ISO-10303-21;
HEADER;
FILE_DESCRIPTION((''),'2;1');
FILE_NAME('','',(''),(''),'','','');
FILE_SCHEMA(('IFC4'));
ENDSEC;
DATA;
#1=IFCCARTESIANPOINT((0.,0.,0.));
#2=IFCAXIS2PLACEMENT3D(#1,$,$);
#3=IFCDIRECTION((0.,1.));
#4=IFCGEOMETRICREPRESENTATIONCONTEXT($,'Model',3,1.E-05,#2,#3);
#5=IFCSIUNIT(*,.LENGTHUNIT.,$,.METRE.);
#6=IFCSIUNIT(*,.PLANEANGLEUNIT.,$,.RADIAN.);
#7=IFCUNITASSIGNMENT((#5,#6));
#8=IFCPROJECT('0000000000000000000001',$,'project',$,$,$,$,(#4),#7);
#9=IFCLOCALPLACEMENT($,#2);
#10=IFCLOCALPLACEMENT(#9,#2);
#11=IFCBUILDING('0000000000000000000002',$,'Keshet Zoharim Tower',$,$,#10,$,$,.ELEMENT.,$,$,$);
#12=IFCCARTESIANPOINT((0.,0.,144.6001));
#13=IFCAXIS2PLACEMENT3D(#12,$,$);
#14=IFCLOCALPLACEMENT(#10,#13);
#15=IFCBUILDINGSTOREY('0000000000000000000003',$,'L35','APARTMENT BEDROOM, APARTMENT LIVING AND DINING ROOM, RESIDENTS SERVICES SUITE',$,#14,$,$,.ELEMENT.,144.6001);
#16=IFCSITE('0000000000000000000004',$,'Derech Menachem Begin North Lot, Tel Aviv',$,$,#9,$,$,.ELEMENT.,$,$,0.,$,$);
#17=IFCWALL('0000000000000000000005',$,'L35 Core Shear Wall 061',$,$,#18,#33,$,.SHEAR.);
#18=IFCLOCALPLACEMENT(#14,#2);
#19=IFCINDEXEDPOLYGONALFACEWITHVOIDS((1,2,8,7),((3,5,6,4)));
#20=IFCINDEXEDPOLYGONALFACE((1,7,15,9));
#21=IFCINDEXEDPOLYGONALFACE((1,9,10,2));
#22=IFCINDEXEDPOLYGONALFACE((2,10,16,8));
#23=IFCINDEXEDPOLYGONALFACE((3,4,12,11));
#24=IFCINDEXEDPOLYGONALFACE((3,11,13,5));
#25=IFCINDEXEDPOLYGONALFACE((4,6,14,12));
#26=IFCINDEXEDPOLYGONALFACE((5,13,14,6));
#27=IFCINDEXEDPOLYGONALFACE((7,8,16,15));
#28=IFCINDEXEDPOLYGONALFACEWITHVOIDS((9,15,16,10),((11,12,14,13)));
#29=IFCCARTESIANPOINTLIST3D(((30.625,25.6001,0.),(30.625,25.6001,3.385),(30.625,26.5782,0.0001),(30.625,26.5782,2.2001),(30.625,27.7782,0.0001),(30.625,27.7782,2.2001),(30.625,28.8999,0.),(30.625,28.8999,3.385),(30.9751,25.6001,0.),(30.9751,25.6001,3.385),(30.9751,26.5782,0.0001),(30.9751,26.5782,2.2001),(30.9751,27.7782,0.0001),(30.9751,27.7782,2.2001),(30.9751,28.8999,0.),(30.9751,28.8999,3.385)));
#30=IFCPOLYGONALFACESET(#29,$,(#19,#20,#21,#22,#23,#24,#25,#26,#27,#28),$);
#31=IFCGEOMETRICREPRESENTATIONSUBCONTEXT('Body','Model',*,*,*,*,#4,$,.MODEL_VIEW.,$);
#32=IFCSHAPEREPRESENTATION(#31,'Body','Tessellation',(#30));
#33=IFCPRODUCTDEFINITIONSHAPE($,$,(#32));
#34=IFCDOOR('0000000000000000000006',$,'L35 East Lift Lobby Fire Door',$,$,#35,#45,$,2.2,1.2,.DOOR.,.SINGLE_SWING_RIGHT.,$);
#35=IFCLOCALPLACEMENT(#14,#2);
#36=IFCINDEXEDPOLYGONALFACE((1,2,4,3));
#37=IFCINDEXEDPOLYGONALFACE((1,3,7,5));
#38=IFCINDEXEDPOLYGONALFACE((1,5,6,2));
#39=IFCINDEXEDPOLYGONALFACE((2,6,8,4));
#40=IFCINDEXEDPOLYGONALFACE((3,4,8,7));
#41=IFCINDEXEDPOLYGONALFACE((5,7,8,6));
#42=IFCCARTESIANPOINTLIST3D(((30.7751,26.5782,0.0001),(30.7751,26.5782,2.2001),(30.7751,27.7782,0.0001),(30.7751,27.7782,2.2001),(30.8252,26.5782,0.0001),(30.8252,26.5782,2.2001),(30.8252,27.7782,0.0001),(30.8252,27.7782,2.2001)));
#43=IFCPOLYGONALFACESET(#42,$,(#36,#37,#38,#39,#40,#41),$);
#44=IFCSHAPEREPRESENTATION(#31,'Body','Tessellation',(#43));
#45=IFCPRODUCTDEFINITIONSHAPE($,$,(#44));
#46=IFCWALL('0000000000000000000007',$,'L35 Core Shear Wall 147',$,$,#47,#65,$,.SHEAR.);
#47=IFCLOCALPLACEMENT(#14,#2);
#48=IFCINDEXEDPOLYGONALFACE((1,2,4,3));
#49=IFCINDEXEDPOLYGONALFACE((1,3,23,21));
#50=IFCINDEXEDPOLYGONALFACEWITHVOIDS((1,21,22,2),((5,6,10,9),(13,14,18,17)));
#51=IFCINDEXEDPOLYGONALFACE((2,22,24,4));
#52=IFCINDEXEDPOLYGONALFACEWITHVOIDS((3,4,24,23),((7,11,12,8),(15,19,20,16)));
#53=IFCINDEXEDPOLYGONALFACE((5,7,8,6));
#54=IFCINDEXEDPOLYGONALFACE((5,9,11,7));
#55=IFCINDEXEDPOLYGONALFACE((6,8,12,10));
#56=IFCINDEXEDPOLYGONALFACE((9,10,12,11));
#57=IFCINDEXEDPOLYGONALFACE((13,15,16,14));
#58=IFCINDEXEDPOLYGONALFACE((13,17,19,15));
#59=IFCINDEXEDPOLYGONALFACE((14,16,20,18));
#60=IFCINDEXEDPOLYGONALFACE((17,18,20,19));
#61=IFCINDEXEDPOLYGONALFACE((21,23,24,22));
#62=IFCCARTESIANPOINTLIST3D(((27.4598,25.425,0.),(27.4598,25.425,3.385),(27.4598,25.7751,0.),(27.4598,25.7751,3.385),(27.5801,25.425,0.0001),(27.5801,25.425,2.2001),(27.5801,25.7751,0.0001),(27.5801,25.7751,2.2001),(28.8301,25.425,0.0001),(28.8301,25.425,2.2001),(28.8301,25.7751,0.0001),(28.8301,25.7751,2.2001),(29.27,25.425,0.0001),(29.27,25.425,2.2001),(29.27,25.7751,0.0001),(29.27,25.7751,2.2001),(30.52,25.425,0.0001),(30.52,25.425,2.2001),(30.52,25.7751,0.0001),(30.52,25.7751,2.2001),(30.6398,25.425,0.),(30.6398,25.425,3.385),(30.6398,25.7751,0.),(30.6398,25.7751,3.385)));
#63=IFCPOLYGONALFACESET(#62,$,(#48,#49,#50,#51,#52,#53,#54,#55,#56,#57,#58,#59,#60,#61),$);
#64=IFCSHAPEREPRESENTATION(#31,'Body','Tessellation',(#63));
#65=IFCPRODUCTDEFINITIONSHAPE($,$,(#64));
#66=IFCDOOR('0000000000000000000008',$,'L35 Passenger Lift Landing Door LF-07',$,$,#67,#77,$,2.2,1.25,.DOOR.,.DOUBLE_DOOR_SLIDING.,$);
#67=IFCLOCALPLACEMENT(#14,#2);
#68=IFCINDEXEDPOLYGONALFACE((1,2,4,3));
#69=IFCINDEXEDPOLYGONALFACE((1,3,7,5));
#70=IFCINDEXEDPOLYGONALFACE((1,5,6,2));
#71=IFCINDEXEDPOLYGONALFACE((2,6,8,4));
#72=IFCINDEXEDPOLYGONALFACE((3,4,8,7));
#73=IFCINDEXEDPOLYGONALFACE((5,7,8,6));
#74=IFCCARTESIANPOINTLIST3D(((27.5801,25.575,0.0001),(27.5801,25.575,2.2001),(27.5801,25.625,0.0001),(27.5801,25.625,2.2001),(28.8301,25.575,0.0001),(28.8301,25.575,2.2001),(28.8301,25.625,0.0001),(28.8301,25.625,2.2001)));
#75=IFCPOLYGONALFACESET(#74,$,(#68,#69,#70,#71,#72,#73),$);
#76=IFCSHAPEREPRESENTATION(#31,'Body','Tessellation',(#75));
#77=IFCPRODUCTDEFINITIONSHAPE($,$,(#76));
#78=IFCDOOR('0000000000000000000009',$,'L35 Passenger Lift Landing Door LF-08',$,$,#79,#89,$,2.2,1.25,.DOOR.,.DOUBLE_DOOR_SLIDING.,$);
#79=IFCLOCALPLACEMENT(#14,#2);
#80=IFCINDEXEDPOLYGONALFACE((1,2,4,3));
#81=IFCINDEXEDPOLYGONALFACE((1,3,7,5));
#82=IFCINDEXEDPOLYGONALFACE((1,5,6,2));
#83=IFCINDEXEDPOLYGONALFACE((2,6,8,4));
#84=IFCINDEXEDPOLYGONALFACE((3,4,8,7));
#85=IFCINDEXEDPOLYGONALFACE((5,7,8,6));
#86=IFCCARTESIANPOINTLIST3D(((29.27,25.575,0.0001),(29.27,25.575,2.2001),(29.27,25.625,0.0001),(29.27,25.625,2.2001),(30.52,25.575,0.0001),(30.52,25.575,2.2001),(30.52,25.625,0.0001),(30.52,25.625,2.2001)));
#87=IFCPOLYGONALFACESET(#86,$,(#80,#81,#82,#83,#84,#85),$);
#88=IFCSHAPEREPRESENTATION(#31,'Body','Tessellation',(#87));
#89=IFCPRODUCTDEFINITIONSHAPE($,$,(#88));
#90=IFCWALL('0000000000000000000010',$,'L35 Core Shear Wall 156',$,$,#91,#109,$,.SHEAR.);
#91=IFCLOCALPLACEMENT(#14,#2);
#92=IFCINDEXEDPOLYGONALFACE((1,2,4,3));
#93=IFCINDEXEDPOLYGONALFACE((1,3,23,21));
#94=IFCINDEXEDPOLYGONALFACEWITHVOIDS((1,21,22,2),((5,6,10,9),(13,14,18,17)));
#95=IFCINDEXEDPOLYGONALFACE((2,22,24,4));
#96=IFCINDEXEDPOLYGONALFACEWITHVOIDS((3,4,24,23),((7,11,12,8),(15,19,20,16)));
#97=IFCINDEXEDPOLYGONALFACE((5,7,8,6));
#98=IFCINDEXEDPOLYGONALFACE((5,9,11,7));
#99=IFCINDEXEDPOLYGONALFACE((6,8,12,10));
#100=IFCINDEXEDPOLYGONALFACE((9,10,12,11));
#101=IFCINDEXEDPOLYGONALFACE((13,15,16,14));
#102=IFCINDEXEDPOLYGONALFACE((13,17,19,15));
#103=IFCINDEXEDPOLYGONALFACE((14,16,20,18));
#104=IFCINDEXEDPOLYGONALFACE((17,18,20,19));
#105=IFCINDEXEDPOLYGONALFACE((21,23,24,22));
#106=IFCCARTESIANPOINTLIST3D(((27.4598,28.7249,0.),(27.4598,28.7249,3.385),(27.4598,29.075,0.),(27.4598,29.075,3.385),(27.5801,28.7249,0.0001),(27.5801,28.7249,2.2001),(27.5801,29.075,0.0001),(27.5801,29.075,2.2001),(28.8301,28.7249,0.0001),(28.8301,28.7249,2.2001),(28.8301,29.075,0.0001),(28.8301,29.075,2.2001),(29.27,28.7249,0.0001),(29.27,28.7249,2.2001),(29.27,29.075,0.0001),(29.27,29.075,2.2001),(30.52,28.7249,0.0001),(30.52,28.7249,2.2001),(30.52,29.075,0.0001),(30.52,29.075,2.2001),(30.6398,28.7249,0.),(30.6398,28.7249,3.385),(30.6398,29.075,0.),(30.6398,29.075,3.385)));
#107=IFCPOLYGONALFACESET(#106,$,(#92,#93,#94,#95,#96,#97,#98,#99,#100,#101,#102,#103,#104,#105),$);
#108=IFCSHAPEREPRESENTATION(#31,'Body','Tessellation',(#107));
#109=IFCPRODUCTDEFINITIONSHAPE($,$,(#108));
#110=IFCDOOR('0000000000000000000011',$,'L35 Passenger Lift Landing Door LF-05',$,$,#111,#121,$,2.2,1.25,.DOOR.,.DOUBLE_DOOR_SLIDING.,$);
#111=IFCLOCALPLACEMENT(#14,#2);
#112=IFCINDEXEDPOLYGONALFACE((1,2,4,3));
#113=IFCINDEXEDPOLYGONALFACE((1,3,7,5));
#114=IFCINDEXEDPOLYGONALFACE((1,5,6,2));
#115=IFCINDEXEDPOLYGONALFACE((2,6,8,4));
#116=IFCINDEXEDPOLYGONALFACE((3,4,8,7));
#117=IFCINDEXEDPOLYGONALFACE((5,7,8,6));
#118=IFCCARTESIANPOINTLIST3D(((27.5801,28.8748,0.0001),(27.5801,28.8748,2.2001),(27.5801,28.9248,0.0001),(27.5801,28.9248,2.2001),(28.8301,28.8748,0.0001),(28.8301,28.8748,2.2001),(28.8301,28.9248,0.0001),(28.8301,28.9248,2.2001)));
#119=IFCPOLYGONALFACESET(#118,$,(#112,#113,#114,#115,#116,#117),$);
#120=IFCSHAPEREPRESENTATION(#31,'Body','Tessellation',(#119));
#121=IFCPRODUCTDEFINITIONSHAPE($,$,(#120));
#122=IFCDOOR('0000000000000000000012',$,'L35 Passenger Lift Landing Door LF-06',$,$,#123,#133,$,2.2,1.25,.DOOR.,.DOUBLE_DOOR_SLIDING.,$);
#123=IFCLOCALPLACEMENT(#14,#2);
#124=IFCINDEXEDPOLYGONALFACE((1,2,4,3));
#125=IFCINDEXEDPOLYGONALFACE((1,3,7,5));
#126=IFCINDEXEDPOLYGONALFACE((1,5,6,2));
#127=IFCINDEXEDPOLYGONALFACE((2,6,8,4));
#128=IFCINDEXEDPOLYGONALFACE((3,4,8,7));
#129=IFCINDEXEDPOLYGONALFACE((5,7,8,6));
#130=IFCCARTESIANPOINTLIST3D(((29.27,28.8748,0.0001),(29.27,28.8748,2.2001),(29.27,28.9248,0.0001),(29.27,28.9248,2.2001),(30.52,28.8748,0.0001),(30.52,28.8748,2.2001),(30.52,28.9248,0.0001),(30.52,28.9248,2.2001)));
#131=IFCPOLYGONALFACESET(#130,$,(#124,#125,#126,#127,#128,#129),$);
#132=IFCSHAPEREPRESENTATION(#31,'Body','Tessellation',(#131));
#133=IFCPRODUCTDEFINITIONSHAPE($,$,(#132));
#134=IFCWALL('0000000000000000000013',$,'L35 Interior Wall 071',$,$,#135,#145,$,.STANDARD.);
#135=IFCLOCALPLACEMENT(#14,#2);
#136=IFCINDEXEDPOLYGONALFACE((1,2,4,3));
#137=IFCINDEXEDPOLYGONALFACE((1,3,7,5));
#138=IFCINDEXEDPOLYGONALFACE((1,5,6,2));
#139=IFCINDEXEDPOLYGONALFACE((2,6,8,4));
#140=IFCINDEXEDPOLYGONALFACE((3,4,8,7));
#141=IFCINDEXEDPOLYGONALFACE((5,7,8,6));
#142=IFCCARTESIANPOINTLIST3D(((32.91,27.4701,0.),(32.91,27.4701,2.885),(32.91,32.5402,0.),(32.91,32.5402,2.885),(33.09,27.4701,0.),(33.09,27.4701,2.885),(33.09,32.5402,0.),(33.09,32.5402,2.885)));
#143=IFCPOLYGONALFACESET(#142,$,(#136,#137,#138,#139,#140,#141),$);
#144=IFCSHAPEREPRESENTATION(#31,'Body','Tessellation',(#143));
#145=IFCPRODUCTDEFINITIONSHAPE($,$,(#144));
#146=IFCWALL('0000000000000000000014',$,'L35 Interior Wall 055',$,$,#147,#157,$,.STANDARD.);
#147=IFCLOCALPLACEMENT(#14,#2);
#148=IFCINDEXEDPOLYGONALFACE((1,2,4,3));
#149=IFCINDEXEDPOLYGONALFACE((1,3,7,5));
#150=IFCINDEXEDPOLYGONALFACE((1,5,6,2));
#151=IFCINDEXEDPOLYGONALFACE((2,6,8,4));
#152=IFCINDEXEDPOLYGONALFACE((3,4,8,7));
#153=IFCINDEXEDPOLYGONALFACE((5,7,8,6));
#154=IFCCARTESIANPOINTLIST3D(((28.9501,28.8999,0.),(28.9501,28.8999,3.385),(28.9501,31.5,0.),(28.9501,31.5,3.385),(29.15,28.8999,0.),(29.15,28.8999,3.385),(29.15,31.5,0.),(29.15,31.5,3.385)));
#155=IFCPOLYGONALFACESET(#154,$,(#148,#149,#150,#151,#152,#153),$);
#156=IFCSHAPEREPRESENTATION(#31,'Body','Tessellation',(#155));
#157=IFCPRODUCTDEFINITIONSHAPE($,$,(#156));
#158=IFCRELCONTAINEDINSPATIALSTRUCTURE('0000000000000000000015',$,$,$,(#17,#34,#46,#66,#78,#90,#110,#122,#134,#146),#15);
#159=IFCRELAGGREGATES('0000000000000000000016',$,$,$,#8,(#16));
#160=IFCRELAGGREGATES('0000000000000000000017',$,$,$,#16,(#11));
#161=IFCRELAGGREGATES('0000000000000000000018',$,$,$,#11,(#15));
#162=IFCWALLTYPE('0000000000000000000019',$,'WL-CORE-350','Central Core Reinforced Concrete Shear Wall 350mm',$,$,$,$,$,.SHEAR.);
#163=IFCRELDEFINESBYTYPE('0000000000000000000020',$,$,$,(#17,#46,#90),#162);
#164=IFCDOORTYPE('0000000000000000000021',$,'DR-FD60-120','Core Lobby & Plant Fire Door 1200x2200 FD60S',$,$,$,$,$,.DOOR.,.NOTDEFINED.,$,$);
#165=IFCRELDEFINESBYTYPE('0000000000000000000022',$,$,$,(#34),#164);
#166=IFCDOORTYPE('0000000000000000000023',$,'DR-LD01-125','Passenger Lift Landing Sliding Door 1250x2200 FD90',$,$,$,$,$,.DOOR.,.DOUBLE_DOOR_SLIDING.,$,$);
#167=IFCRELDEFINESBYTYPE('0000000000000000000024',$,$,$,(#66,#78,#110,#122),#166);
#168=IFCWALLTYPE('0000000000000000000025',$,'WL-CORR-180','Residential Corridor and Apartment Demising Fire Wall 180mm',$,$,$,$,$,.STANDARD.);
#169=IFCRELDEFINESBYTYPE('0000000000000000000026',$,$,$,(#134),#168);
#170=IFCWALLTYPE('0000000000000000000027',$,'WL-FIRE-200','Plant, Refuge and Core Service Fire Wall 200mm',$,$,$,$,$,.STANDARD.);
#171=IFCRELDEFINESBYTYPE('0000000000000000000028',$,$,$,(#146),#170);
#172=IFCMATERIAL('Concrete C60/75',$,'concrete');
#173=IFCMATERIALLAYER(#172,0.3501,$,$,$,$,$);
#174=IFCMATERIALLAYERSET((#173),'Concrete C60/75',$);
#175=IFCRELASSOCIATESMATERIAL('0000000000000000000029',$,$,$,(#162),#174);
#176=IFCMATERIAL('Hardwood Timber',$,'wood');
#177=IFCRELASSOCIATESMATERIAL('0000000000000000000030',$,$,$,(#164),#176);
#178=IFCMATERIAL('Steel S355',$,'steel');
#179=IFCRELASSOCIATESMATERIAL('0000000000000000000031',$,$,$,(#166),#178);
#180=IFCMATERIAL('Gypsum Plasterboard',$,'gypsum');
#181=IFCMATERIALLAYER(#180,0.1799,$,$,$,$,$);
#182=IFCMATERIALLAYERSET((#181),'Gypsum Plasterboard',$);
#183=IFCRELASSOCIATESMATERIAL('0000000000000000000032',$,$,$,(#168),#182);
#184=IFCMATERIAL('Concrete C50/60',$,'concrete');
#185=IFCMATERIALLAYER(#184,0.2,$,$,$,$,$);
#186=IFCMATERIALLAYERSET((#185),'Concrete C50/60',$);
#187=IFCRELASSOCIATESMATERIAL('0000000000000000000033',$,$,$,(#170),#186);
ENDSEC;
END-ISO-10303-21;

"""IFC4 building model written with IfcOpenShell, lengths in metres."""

from ifc_helpers import new_model, si_unit, direction, frame, frame_2d, origin, place, context, subcontext, project, spatial, rectangle, extrude, material, layer, layer_set, type_object, element, fill, save


model = new_model("IFC4")

# Units and contexts
model_context = context("Model", 3, precision=1e-05, world=origin(), true_north=direction((0.0, 1.0)))
body_context = subcontext(model_context, "Body", "Model", "MODEL_VIEW")
ifc_project = project(units=[si_unit("LENGTHUNIT", "METRE"), si_unit("PLANEANGLEUNIT", "RADIAN")], contexts=[model_context])

# Site, building, storey
site_placement = place(None, origin())
site = spatial("IfcSite", under=ifc_project, at=site_placement, Name="Derech Menachem Begin North Lot, Tel Aviv", CompositionType="ELEMENT", RefElevation=0.0)
building_placement = place(site_placement, origin())
building = spatial("IfcBuilding", under=site, at=building_placement, Name="Keshet Zoharim Tower", CompositionType="ELEMENT")
storey_placement = place(building_placement, frame((0.0, 0.0, 144.6001)))
storey = spatial("IfcBuildingStorey", under=building, at=storey_placement, Name="L35", Description="APARTMENT BEDROOM, APARTMENT LIVING AND DINING ROOM, RESIDENTS SERVICES SUITE", CompositionType="ELEMENT", Elevation=144.6001)

# Shared definitions
ifc_material_1 = material(Name="Concrete C60/75", Category="concrete")

# Shared definitions
ifc_material_2 = material(Name="Steel S355", Category="steel")

# Wall, opening, door
ifc_layer_1 = layer(ifc_material_1, 0.3501)
ifc_layer_set_1 = layer_set([ifc_layer_1], Name="Concrete C60/75")
wall_type_1 = type_object("IfcWallType", Name="WL-CORE-350", Description="Central Core Reinforced Concrete Shear Wall 350mm", PredefinedType="SHEAR", material=ifc_layer_set_1)
wall_1_placement = place(storey_placement, frame((30.8, 25.6001, 0.0), z_axis=(0.0, 0.0, 1.0), x_axis=(0.0, 1.0, 0.0)))
wall_1 = element("IfcWall", 1, at=wall_1_placement, inside=storey, type_object=wall_type_1, Name="L35 Core Shear Wall 061", PredefinedType="SHEAR", context=body_context, shape_type="SweptSolid", body=[
    extrude(rectangle(XDim=3.2998, YDim=0.3501, at=frame_2d((1.6499, 0.0))), origin(), (0.0, 0.0, 1.0), 3.385),
])
opening_1_placement = place(wall_1_placement, frame((0.978, 0.0, 0.0)))
opening_1 = element("IfcOpeningElement", 2, at=opening_1_placement, cuts=wall_1, PredefinedType="OPENING", context=body_context, shape_type="SweptSolid", body=[
    extrude(rectangle(XDim=1.2, YDim=2.2, at=frame_2d((0.6001, 1.1001))), frame((0.0, 0.1851, 0.0), z_axis=(0.0, -1.0, 0.0), x_axis=(1.0, 0.0, 0.0)), (0.0, 0.0, 1.0), 0.3701),
])
ifc_material_3 = material(Name="Hardwood Timber", Category="wood")
door_type_1 = type_object("IfcDoorType", Name="DR-FD60-120", Description="Core Lobby & Plant Fire Door 1200x2200 FD60S", OperationType="NOTDEFINED", PredefinedType="DOOR", material=ifc_material_3)
door_1_placement = place(opening_1_placement, origin())
door_1 = element("IfcDoor", 3, at=door_1_placement, inside=storey, type_object=door_type_1, Name="L35 East Lift Lobby Fire Door", OperationType="SINGLE_SWING_RIGHT", OverallHeight=2.2, OverallWidth=1.2, PredefinedType="DOOR", context=body_context, shape_type="SweptSolid", body=[
    extrude(rectangle(XDim=1.2, YDim=2.2, at=frame_2d((0.6001, 1.1001))), frame((0.0, 0.0249, 0.0), z_axis=(0.0, -1.0, 0.0), x_axis=(1.0, 0.0, 0.0)), (0.0, 0.0, 1.0), 0.05),
])
fill(opening_1, door_1)

# Walls, openings, doors
wall_2_placement = place(storey_placement, frame((27.46, 25.6001, 0.0), z_axis=(0.0, 0.0, 1.0), x_axis=(1.0, 0.0, 0.0)))
wall_2 = element("IfcWall", 4, at=wall_2_placement, inside=storey, type_object=wall_type_1, Name="L35 Core Shear Wall 147", PredefinedType="SHEAR", context=body_context, shape_type="SweptSolid", body=[
    extrude(rectangle(XDim=3.1799, YDim=0.3501, at=frame_2d((1.5898, 0.0))), origin(), (0.0, 0.0, 1.0), 3.385),
])
opening_2_placement = place(wall_2_placement, frame((0.1201, 0.0, 0.0)))
opening_2 = element("IfcOpeningElement", 5, at=opening_2_placement, cuts=wall_2, PredefinedType="OPENING", context=body_context, shape_type="SweptSolid", body=[
    extrude(rectangle(XDim=1.25, YDim=2.2, at=frame_2d((0.625, 1.1001))), frame((0.0, 0.1851, 0.0), z_axis=(0.0, -1.0, 0.0), x_axis=(1.0, 0.0, 0.0)), (0.0, 0.0, 1.0), 0.3701),
])
opening_3_placement = place(wall_2_placement, frame((1.8101, 0.0, 0.0)))
opening_3 = element("IfcOpeningElement", 6, at=opening_3_placement, cuts=wall_2, PredefinedType="OPENING", context=body_context, shape_type="SweptSolid", body=[
    extrude(rectangle(XDim=1.25, YDim=2.2, at=frame_2d((0.625, 1.1001))), frame((0.0, 0.1851, 0.0), z_axis=(0.0, -1.0, 0.0), x_axis=(1.0, 0.0, 0.0)), (0.0, 0.0, 1.0), 0.3701),
])
door_type_2 = type_object("IfcDoorType", Name="DR-LD01-125", Description="Passenger Lift Landing Sliding Door 1250x2200 FD90", OperationType="DOUBLE_DOOR_SLIDING", PredefinedType="DOOR", material=ifc_material_2)
door_2_placement = place(opening_2_placement, origin())
door_2 = element("IfcDoor", 7, at=door_2_placement, inside=storey, type_object=door_type_2, Name="L35 Passenger Lift Landing Door LF-07", OperationType="DOUBLE_DOOR_SLIDING", OverallHeight=2.2, OverallWidth=1.25, PredefinedType="DOOR", context=body_context, shape_type="SweptSolid", body=[
    extrude(rectangle(XDim=1.25, YDim=2.2, at=frame_2d((0.625, 1.1001))), frame((0.0, 0.0249, 0.0), z_axis=(0.0, -1.0, 0.0), x_axis=(1.0, 0.0, 0.0)), (0.0, 0.0, 1.0), 0.05),
])
fill(opening_2, door_2)
door_3_placement = place(opening_3_placement, origin())
door_3 = element("IfcDoor", 8, at=door_3_placement, inside=storey, type_object=door_type_2, Name="L35 Passenger Lift Landing Door LF-08", OperationType="DOUBLE_DOOR_SLIDING", OverallHeight=2.2, OverallWidth=1.25, PredefinedType="DOOR", context=body_context, shape_type="SweptSolid", body=[
    extrude(rectangle(XDim=1.25, YDim=2.2, at=frame_2d((0.625, 1.1001))), frame((0.0, 0.0249, 0.0), z_axis=(0.0, -1.0, 0.0), x_axis=(1.0, 0.0, 0.0)), (0.0, 0.0, 1.0), 0.05),
])
fill(opening_3, door_3)
wall_3_placement = place(storey_placement, frame((27.46, 28.8999, 0.0), z_axis=(0.0, 0.0, 1.0), x_axis=(1.0, 0.0, 0.0)))
wall_3 = element("IfcWall", 9, at=wall_3_placement, inside=storey, type_object=wall_type_1, Name="L35 Core Shear Wall 156", PredefinedType="SHEAR", context=body_context, shape_type="SweptSolid", body=[
    extrude(rectangle(XDim=3.1799, YDim=0.3501, at=frame_2d((1.5898, 0.0))), origin(), (0.0, 0.0, 1.0), 3.385),
])
opening_4_placement = place(wall_3_placement, frame((0.1201, 0.0, 0.0)))
opening_4 = element("IfcOpeningElement", 10, at=opening_4_placement, cuts=wall_3, PredefinedType="OPENING", context=body_context, shape_type="SweptSolid", body=[
    extrude(rectangle(XDim=1.25, YDim=2.2, at=frame_2d((0.625, 1.1001))), frame((0.0, 0.1851, 0.0), z_axis=(0.0, -1.0, 0.0), x_axis=(1.0, 0.0, 0.0)), (0.0, 0.0, 1.0), 0.3701),
])
opening_5_placement = place(wall_3_placement, frame((1.8101, 0.0, 0.0)))
opening_5 = element("IfcOpeningElement", 11, at=opening_5_placement, cuts=wall_3, PredefinedType="OPENING", context=body_context, shape_type="SweptSolid", body=[
    extrude(rectangle(XDim=1.25, YDim=2.2, at=frame_2d((0.625, 1.1001))), frame((0.0, 0.1851, 0.0), z_axis=(0.0, -1.0, 0.0), x_axis=(1.0, 0.0, 0.0)), (0.0, 0.0, 1.0), 0.3701),
])
door_4_placement = place(opening_4_placement, origin())
door_4 = element("IfcDoor", 12, at=door_4_placement, inside=storey, type_object=door_type_2, Name="L35 Passenger Lift Landing Door LF-05", OperationType="DOUBLE_DOOR_SLIDING", OverallHeight=2.2, OverallWidth=1.25, PredefinedType="DOOR", context=body_context, shape_type="SweptSolid", body=[
    extrude(rectangle(XDim=1.25, YDim=2.2, at=frame_2d((0.625, 1.1001))), frame((0.0, 0.0249, 0.0), z_axis=(0.0, -1.0, 0.0), x_axis=(1.0, 0.0, 0.0)), (0.0, 0.0, 1.0), 0.05),
])
fill(opening_4, door_4)
door_5_placement = place(opening_5_placement, origin())
door_5 = element("IfcDoor", 13, at=door_5_placement, inside=storey, type_object=door_type_2, Name="L35 Passenger Lift Landing Door LF-06", OperationType="DOUBLE_DOOR_SLIDING", OverallHeight=2.2, OverallWidth=1.25, PredefinedType="DOOR", context=body_context, shape_type="SweptSolid", body=[
    extrude(rectangle(XDim=1.25, YDim=2.2, at=frame_2d((0.625, 1.1001))), frame((0.0, 0.0249, 0.0), z_axis=(0.0, -1.0, 0.0), x_axis=(1.0, 0.0, 0.0)), (0.0, 0.0, 1.0), 0.05),
])
fill(opening_5, door_5)

# Walls
ifc_material_4 = material(Name="Gypsum Plasterboard", Category="gypsum")
ifc_layer_2 = layer(ifc_material_4, 0.1799)
ifc_layer_set_2 = layer_set([ifc_layer_2], Name="Gypsum Plasterboard")
wall_type_2 = type_object("IfcWallType", Name="WL-CORR-180", Description="Residential Corridor and Apartment Demising Fire Wall 180mm", PredefinedType="STANDARD", material=ifc_layer_set_2)
wall_4_placement = place(storey_placement, frame((33.0, 27.47, 0.0), z_axis=(0.0, 0.0, 1.0), x_axis=(0.0, 1.0, 0.0)))
element("IfcWall", 14, at=wall_4_placement, inside=storey, type_object=wall_type_2, Name="L35 Interior Wall 071", PredefinedType="STANDARD", context=body_context, shape_type="SweptSolid", body=[
    extrude(rectangle(XDim=5.0701, YDim=0.1799, at=frame_2d((2.5352, 0.0))), origin(), (0.0, 0.0, 1.0), 2.885),
])
ifc_material_5 = material(Name="Concrete C50/60", Category="concrete")
ifc_layer_3 = layer(ifc_material_5, 0.2)
ifc_layer_set_3 = layer_set([ifc_layer_3], Name="Concrete C50/60")
wall_type_3 = type_object("IfcWallType", Name="WL-FIRE-200", Description="Plant, Refuge and Core Service Fire Wall 200mm", PredefinedType="STANDARD", material=ifc_layer_set_3)
wall_5_placement = place(storey_placement, frame((29.05, 28.8999, 0.0), z_axis=(0.0, 0.0, 1.0), x_axis=(0.0, 1.0, 0.0)))
element("IfcWall", 15, at=wall_5_placement, inside=storey, type_object=wall_type_3, Name="L35 Interior Wall 055", PredefinedType="STANDARD", context=body_context, shape_type="SweptSolid", body=[
    extrude(rectangle(XDim=2.6001, YDim=0.2, at=frame_2d((1.3, 0.0))), origin(), (0.0, 0.0, 1.0), 3.385),
])

save(model, "model.ifc")
